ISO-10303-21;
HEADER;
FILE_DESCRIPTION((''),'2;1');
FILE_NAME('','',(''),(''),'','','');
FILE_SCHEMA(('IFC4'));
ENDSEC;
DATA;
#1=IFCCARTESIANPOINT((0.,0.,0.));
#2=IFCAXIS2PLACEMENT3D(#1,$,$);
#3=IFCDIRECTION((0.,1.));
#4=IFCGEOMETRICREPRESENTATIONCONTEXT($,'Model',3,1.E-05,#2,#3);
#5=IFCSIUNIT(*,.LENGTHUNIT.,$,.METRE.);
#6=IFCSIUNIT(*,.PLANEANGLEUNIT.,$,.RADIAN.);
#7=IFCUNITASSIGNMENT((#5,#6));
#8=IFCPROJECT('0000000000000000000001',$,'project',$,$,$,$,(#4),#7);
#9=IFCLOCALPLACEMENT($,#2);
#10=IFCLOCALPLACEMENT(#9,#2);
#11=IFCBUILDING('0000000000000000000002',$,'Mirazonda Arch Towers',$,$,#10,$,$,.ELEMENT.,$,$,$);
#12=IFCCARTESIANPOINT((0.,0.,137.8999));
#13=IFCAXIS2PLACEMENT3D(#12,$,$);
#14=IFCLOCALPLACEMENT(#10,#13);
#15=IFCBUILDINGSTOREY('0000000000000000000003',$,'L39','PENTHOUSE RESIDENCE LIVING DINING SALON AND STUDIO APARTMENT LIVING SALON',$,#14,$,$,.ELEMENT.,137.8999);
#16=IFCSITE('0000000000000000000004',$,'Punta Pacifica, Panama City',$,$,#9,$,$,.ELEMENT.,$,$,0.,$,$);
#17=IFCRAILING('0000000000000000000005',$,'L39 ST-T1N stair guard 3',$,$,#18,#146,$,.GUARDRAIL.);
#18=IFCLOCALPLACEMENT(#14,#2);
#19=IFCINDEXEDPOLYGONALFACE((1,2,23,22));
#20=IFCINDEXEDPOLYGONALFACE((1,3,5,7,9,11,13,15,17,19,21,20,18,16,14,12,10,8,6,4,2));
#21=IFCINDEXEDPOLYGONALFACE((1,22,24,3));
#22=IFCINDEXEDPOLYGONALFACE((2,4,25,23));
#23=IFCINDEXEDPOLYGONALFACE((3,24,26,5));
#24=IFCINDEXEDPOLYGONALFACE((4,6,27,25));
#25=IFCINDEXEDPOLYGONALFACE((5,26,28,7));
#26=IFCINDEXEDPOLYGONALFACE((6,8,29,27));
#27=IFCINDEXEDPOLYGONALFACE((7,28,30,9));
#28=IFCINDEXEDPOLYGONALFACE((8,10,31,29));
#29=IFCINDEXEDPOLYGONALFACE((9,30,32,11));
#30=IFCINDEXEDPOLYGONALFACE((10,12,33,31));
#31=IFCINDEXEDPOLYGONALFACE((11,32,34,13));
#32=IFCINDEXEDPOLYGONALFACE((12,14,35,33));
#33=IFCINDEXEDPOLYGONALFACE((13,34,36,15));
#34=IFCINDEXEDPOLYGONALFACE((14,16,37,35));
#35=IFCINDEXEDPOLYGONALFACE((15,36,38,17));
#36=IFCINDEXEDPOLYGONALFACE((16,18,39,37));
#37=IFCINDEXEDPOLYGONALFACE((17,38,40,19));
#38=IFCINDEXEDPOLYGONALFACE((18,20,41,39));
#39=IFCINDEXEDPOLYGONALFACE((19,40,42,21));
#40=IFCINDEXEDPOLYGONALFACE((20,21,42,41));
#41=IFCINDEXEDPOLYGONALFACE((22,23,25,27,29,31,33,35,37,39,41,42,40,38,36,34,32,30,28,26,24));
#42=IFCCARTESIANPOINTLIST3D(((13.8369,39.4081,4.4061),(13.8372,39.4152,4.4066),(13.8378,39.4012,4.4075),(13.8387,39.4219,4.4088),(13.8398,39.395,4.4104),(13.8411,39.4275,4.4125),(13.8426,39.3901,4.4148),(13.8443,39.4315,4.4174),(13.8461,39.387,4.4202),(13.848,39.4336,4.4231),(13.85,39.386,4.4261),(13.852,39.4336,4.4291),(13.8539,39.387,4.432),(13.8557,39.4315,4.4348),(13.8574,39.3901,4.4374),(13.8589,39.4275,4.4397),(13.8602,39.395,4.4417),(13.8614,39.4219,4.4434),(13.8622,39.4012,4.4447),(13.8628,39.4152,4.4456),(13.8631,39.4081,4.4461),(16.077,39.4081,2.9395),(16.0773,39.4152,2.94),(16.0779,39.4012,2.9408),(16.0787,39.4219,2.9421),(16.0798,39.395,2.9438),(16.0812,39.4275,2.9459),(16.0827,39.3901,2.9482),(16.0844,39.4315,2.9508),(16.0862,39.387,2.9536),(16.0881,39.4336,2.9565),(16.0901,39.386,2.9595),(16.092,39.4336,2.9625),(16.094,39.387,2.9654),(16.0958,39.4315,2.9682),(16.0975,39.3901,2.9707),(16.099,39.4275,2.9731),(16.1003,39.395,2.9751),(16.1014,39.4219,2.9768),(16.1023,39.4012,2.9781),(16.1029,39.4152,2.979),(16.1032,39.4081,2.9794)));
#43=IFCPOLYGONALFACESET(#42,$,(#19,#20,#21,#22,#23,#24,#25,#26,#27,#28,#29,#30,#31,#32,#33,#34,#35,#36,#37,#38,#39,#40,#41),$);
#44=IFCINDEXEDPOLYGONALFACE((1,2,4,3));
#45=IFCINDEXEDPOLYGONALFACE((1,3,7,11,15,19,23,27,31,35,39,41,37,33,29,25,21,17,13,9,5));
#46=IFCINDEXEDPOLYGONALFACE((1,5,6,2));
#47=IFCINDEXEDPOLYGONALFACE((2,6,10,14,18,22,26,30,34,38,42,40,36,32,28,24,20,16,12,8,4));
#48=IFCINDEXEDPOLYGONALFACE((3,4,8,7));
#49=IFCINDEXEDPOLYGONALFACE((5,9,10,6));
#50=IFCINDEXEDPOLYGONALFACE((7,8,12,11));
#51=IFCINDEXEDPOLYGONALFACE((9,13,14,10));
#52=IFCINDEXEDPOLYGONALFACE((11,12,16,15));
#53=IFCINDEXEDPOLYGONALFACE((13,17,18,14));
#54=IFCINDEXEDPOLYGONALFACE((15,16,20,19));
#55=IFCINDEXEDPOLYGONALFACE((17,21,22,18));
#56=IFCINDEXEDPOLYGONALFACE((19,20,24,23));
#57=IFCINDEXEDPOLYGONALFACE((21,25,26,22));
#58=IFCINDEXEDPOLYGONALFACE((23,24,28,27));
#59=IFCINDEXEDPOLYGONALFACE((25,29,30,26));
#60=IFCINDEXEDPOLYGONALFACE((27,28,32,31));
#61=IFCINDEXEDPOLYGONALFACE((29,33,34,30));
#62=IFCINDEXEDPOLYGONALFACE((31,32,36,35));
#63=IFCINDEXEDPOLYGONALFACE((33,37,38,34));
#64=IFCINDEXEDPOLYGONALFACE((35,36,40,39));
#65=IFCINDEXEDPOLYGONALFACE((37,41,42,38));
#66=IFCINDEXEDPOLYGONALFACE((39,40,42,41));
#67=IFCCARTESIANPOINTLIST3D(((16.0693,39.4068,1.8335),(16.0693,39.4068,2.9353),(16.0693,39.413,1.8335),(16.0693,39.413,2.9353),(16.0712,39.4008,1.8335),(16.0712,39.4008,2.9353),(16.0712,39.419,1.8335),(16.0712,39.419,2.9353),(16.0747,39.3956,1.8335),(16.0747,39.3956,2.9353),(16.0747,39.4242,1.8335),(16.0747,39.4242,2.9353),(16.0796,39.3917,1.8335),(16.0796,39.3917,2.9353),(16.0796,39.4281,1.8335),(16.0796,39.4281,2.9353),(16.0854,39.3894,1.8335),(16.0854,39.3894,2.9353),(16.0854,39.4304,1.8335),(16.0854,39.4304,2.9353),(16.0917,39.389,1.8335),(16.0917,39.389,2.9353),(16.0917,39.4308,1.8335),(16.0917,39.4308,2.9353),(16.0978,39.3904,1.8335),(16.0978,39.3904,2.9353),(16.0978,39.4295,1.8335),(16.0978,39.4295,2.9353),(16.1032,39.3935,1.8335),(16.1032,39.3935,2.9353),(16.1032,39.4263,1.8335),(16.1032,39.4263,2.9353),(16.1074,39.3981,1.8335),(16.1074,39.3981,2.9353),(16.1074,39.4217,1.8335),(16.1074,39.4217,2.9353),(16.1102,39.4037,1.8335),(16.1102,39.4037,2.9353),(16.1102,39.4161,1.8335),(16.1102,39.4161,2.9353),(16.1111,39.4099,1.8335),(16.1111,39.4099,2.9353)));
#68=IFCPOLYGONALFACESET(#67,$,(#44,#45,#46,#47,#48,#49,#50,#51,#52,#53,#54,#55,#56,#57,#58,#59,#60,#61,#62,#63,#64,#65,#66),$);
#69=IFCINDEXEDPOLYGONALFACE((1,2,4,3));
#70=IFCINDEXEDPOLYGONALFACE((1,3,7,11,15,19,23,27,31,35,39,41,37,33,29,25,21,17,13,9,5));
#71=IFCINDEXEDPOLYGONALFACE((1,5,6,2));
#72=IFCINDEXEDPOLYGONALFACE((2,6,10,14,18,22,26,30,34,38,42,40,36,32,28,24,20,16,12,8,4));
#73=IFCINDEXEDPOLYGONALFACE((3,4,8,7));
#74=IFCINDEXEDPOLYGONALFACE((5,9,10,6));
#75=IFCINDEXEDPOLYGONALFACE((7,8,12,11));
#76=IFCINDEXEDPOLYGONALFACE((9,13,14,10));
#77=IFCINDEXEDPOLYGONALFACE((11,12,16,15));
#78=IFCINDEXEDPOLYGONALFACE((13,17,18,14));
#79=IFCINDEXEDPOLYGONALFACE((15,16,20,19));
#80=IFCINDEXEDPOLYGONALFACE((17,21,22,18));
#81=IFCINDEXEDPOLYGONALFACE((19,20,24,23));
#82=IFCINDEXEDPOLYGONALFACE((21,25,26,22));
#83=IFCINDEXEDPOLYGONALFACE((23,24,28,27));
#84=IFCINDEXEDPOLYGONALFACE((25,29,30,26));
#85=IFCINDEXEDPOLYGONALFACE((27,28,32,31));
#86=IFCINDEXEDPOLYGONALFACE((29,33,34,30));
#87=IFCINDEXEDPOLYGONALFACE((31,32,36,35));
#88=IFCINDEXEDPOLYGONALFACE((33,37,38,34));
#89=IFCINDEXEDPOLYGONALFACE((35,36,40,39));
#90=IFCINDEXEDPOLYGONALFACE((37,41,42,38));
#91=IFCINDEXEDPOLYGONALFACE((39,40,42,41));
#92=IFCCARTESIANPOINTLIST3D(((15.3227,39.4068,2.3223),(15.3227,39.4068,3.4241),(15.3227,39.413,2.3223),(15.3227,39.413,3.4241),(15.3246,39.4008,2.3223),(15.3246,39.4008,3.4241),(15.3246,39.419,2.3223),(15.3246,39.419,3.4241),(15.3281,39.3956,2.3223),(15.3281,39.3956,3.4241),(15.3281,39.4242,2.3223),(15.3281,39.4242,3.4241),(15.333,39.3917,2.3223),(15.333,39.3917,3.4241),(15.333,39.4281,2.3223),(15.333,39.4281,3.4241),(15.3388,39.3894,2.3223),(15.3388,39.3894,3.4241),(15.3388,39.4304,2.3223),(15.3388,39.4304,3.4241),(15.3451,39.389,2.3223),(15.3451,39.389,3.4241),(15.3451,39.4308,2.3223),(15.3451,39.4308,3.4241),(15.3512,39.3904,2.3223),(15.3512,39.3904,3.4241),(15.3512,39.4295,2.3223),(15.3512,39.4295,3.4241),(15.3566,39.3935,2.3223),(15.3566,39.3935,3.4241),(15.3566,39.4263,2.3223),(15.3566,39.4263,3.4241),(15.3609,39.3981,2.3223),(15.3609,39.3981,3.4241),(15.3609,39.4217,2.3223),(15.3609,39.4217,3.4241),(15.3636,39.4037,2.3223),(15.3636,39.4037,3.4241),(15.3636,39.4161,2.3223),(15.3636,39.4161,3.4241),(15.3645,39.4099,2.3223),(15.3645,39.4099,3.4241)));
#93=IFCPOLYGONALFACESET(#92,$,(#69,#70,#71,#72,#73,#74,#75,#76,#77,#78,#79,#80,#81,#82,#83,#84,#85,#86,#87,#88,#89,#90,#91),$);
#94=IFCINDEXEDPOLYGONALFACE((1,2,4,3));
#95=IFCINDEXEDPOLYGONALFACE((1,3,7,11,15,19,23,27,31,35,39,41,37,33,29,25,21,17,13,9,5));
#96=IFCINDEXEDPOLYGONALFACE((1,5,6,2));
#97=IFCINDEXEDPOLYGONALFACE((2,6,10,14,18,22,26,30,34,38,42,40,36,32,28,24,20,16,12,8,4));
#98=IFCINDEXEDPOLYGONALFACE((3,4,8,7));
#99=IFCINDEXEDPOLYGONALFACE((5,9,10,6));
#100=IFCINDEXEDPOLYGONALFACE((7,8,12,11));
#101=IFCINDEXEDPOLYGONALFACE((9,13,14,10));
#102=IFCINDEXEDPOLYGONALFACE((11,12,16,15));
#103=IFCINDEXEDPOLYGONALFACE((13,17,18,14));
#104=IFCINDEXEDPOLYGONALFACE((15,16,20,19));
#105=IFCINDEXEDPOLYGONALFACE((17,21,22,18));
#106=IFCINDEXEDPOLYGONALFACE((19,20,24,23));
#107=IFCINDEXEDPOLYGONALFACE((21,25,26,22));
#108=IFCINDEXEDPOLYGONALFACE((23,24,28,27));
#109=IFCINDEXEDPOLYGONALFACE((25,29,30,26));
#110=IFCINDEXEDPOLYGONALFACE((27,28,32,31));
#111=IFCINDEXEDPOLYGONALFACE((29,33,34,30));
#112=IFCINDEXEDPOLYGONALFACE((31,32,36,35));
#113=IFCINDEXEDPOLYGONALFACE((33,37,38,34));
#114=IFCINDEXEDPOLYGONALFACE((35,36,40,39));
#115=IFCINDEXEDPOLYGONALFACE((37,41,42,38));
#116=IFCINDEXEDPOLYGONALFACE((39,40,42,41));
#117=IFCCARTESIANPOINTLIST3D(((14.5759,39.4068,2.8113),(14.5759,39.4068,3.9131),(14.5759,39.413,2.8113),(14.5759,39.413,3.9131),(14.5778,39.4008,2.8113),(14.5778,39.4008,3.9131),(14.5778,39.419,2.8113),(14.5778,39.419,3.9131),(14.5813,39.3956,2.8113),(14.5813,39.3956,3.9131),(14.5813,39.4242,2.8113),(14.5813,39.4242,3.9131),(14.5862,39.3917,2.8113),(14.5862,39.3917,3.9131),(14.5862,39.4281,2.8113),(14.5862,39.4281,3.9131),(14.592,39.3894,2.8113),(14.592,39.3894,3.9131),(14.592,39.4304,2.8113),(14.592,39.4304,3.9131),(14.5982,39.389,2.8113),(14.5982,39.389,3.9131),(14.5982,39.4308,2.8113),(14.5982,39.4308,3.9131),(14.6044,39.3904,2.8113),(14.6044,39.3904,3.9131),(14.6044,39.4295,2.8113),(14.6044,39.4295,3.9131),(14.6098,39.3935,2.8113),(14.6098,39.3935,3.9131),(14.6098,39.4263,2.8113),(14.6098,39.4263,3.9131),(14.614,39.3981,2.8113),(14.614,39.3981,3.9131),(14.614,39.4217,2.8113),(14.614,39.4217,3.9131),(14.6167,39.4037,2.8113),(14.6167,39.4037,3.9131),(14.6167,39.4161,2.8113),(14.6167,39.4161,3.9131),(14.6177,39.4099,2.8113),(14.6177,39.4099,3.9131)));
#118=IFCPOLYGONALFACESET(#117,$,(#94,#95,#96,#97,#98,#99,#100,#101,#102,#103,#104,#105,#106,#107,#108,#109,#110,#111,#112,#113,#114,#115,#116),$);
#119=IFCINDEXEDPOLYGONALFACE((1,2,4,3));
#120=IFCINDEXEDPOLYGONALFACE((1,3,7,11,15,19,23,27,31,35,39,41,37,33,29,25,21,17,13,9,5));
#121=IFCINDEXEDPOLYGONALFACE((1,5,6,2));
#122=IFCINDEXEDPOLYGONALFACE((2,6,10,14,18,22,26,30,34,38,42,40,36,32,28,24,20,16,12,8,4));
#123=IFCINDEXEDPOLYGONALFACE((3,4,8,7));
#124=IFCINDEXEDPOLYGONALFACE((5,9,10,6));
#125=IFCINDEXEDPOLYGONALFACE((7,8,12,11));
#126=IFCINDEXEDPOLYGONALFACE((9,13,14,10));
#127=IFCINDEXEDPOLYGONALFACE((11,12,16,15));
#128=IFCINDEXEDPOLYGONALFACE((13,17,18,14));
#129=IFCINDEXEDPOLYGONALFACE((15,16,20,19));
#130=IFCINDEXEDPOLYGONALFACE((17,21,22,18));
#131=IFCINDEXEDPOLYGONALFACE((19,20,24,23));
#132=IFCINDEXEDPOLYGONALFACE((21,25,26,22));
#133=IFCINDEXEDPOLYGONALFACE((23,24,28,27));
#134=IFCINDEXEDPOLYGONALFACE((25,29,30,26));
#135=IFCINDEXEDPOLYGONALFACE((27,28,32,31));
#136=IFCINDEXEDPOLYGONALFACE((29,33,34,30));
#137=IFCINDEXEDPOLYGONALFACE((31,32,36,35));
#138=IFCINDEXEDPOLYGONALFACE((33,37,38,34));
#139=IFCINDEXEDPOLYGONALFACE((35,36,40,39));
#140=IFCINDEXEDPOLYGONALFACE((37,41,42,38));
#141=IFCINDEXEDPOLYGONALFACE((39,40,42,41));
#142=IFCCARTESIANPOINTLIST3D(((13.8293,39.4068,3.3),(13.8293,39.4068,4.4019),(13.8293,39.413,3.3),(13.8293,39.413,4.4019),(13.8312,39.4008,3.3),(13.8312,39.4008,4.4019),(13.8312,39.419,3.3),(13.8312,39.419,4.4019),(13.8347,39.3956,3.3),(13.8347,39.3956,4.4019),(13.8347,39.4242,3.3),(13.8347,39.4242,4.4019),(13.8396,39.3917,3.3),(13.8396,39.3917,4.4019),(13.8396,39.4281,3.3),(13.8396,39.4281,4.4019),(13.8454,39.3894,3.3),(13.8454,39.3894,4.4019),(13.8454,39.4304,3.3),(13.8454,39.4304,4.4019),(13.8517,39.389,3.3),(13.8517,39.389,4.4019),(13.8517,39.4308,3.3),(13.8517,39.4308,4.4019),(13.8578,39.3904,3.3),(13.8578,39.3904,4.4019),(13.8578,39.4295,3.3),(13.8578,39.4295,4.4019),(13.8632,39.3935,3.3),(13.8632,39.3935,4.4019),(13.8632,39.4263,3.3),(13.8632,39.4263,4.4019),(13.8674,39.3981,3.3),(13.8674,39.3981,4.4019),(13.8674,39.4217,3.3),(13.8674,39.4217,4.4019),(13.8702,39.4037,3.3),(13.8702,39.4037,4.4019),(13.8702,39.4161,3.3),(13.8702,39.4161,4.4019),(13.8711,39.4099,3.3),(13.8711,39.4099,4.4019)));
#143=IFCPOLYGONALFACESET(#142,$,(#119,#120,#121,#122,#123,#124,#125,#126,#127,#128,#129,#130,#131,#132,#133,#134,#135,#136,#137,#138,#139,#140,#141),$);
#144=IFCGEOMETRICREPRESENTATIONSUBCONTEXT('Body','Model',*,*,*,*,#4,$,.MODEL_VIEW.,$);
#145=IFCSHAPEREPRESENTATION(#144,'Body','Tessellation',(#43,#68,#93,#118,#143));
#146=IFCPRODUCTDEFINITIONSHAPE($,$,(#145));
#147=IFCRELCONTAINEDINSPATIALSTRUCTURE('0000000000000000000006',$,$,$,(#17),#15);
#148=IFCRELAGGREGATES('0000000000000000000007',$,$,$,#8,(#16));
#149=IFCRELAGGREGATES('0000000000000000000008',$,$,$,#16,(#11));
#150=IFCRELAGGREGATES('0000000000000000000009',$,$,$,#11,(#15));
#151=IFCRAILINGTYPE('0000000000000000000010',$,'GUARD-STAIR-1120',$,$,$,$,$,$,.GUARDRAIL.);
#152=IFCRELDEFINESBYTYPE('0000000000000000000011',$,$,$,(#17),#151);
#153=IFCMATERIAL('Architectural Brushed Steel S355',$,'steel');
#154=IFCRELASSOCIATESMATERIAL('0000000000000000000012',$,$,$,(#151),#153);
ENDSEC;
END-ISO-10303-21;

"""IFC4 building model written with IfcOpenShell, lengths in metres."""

from ifc_helpers import new_model, si_unit, direction, frame, origin, origin_2d, place, context, subcontext, project, spatial, circle, extrude, material, type_object, element, save


model = new_model("IFC4")

# Units and contexts
model_context = context("Model", 3, precision=1e-05, world=origin(), true_north=direction((0.0, 1.0)))
body_context = subcontext(model_context, "Body", "Model", "MODEL_VIEW")
ifc_project = project(units=[si_unit("LENGTHUNIT", "METRE"), si_unit("PLANEANGLEUNIT", "RADIAN")], contexts=[model_context])

# Site, building, storey
site_placement = place(None, origin())
site = spatial("IfcSite", under=ifc_project, at=site_placement, Name="Punta Pacifica, Panama City", CompositionType="ELEMENT", RefElevation=0.0)
building_placement = place(site_placement, origin())
building = spatial("IfcBuilding", under=site, at=building_placement, Name="Mirazonda Arch Towers", CompositionType="ELEMENT")
storey_placement = place(building_placement, frame((0.0, 0.0, 137.8999)))
storey = spatial("IfcBuildingStorey", under=building, at=storey_placement, Name="L39", Description="PENTHOUSE RESIDENCE LIVING DINING SALON AND STUDIO APARTMENT LIVING SALON", CompositionType="ELEMENT", Elevation=137.8999)

# Shared definitions
ifc_material_1 = material(Name="Architectural Brushed Steel S355", Category="steel")

# Railing
railing_type_1 = type_object("IfcRailingType", Name="GUARD-STAIR-1120", PredefinedType="GUARDRAIL", material=ifc_material_1)
railing_1_placement = place(storey_placement, frame((16.0901, 39.4099, 1.8335)))
element("IfcRailing", 1, at=railing_1_placement, inside=storey, type_object=railing_type_1, Name="L39 ST-T1N stair guard 3", PredefinedType="GUARDRAIL", context=body_context, shape_type="SweptSolid", body=[
    extrude(circle(Radius=0.0239, at=origin_2d()), frame((0.0, 0.0, 1.126), z_axis=(-0.836637, 0.0, 0.547758), x_axis=(0.0, -1.0, 0.0)), (0.0, 0.0, 1.0), 2.6775),
    extrude(circle(Radius=0.021, at=origin_2d()), origin(), (0.0, 0.0, 1.0), 1.1018),
    extrude(circle(Radius=0.021, at=origin_2d()), frame((-0.7466, 0.0, 0.4888)), (0.0, 0.0, 1.0), 1.1018),
    extrude(circle(Radius=0.021, at=origin_2d()), frame((-1.4934, 0.0, 0.9778)), (0.0, 0.0, 1.0), 1.1018),
    extrude(circle(Radius=0.021, at=origin_2d()), frame((-2.24, 0.0, 1.4666)), (0.0, 0.0, 1.0), 1.1018),
])

save(model, "model.ifc")
